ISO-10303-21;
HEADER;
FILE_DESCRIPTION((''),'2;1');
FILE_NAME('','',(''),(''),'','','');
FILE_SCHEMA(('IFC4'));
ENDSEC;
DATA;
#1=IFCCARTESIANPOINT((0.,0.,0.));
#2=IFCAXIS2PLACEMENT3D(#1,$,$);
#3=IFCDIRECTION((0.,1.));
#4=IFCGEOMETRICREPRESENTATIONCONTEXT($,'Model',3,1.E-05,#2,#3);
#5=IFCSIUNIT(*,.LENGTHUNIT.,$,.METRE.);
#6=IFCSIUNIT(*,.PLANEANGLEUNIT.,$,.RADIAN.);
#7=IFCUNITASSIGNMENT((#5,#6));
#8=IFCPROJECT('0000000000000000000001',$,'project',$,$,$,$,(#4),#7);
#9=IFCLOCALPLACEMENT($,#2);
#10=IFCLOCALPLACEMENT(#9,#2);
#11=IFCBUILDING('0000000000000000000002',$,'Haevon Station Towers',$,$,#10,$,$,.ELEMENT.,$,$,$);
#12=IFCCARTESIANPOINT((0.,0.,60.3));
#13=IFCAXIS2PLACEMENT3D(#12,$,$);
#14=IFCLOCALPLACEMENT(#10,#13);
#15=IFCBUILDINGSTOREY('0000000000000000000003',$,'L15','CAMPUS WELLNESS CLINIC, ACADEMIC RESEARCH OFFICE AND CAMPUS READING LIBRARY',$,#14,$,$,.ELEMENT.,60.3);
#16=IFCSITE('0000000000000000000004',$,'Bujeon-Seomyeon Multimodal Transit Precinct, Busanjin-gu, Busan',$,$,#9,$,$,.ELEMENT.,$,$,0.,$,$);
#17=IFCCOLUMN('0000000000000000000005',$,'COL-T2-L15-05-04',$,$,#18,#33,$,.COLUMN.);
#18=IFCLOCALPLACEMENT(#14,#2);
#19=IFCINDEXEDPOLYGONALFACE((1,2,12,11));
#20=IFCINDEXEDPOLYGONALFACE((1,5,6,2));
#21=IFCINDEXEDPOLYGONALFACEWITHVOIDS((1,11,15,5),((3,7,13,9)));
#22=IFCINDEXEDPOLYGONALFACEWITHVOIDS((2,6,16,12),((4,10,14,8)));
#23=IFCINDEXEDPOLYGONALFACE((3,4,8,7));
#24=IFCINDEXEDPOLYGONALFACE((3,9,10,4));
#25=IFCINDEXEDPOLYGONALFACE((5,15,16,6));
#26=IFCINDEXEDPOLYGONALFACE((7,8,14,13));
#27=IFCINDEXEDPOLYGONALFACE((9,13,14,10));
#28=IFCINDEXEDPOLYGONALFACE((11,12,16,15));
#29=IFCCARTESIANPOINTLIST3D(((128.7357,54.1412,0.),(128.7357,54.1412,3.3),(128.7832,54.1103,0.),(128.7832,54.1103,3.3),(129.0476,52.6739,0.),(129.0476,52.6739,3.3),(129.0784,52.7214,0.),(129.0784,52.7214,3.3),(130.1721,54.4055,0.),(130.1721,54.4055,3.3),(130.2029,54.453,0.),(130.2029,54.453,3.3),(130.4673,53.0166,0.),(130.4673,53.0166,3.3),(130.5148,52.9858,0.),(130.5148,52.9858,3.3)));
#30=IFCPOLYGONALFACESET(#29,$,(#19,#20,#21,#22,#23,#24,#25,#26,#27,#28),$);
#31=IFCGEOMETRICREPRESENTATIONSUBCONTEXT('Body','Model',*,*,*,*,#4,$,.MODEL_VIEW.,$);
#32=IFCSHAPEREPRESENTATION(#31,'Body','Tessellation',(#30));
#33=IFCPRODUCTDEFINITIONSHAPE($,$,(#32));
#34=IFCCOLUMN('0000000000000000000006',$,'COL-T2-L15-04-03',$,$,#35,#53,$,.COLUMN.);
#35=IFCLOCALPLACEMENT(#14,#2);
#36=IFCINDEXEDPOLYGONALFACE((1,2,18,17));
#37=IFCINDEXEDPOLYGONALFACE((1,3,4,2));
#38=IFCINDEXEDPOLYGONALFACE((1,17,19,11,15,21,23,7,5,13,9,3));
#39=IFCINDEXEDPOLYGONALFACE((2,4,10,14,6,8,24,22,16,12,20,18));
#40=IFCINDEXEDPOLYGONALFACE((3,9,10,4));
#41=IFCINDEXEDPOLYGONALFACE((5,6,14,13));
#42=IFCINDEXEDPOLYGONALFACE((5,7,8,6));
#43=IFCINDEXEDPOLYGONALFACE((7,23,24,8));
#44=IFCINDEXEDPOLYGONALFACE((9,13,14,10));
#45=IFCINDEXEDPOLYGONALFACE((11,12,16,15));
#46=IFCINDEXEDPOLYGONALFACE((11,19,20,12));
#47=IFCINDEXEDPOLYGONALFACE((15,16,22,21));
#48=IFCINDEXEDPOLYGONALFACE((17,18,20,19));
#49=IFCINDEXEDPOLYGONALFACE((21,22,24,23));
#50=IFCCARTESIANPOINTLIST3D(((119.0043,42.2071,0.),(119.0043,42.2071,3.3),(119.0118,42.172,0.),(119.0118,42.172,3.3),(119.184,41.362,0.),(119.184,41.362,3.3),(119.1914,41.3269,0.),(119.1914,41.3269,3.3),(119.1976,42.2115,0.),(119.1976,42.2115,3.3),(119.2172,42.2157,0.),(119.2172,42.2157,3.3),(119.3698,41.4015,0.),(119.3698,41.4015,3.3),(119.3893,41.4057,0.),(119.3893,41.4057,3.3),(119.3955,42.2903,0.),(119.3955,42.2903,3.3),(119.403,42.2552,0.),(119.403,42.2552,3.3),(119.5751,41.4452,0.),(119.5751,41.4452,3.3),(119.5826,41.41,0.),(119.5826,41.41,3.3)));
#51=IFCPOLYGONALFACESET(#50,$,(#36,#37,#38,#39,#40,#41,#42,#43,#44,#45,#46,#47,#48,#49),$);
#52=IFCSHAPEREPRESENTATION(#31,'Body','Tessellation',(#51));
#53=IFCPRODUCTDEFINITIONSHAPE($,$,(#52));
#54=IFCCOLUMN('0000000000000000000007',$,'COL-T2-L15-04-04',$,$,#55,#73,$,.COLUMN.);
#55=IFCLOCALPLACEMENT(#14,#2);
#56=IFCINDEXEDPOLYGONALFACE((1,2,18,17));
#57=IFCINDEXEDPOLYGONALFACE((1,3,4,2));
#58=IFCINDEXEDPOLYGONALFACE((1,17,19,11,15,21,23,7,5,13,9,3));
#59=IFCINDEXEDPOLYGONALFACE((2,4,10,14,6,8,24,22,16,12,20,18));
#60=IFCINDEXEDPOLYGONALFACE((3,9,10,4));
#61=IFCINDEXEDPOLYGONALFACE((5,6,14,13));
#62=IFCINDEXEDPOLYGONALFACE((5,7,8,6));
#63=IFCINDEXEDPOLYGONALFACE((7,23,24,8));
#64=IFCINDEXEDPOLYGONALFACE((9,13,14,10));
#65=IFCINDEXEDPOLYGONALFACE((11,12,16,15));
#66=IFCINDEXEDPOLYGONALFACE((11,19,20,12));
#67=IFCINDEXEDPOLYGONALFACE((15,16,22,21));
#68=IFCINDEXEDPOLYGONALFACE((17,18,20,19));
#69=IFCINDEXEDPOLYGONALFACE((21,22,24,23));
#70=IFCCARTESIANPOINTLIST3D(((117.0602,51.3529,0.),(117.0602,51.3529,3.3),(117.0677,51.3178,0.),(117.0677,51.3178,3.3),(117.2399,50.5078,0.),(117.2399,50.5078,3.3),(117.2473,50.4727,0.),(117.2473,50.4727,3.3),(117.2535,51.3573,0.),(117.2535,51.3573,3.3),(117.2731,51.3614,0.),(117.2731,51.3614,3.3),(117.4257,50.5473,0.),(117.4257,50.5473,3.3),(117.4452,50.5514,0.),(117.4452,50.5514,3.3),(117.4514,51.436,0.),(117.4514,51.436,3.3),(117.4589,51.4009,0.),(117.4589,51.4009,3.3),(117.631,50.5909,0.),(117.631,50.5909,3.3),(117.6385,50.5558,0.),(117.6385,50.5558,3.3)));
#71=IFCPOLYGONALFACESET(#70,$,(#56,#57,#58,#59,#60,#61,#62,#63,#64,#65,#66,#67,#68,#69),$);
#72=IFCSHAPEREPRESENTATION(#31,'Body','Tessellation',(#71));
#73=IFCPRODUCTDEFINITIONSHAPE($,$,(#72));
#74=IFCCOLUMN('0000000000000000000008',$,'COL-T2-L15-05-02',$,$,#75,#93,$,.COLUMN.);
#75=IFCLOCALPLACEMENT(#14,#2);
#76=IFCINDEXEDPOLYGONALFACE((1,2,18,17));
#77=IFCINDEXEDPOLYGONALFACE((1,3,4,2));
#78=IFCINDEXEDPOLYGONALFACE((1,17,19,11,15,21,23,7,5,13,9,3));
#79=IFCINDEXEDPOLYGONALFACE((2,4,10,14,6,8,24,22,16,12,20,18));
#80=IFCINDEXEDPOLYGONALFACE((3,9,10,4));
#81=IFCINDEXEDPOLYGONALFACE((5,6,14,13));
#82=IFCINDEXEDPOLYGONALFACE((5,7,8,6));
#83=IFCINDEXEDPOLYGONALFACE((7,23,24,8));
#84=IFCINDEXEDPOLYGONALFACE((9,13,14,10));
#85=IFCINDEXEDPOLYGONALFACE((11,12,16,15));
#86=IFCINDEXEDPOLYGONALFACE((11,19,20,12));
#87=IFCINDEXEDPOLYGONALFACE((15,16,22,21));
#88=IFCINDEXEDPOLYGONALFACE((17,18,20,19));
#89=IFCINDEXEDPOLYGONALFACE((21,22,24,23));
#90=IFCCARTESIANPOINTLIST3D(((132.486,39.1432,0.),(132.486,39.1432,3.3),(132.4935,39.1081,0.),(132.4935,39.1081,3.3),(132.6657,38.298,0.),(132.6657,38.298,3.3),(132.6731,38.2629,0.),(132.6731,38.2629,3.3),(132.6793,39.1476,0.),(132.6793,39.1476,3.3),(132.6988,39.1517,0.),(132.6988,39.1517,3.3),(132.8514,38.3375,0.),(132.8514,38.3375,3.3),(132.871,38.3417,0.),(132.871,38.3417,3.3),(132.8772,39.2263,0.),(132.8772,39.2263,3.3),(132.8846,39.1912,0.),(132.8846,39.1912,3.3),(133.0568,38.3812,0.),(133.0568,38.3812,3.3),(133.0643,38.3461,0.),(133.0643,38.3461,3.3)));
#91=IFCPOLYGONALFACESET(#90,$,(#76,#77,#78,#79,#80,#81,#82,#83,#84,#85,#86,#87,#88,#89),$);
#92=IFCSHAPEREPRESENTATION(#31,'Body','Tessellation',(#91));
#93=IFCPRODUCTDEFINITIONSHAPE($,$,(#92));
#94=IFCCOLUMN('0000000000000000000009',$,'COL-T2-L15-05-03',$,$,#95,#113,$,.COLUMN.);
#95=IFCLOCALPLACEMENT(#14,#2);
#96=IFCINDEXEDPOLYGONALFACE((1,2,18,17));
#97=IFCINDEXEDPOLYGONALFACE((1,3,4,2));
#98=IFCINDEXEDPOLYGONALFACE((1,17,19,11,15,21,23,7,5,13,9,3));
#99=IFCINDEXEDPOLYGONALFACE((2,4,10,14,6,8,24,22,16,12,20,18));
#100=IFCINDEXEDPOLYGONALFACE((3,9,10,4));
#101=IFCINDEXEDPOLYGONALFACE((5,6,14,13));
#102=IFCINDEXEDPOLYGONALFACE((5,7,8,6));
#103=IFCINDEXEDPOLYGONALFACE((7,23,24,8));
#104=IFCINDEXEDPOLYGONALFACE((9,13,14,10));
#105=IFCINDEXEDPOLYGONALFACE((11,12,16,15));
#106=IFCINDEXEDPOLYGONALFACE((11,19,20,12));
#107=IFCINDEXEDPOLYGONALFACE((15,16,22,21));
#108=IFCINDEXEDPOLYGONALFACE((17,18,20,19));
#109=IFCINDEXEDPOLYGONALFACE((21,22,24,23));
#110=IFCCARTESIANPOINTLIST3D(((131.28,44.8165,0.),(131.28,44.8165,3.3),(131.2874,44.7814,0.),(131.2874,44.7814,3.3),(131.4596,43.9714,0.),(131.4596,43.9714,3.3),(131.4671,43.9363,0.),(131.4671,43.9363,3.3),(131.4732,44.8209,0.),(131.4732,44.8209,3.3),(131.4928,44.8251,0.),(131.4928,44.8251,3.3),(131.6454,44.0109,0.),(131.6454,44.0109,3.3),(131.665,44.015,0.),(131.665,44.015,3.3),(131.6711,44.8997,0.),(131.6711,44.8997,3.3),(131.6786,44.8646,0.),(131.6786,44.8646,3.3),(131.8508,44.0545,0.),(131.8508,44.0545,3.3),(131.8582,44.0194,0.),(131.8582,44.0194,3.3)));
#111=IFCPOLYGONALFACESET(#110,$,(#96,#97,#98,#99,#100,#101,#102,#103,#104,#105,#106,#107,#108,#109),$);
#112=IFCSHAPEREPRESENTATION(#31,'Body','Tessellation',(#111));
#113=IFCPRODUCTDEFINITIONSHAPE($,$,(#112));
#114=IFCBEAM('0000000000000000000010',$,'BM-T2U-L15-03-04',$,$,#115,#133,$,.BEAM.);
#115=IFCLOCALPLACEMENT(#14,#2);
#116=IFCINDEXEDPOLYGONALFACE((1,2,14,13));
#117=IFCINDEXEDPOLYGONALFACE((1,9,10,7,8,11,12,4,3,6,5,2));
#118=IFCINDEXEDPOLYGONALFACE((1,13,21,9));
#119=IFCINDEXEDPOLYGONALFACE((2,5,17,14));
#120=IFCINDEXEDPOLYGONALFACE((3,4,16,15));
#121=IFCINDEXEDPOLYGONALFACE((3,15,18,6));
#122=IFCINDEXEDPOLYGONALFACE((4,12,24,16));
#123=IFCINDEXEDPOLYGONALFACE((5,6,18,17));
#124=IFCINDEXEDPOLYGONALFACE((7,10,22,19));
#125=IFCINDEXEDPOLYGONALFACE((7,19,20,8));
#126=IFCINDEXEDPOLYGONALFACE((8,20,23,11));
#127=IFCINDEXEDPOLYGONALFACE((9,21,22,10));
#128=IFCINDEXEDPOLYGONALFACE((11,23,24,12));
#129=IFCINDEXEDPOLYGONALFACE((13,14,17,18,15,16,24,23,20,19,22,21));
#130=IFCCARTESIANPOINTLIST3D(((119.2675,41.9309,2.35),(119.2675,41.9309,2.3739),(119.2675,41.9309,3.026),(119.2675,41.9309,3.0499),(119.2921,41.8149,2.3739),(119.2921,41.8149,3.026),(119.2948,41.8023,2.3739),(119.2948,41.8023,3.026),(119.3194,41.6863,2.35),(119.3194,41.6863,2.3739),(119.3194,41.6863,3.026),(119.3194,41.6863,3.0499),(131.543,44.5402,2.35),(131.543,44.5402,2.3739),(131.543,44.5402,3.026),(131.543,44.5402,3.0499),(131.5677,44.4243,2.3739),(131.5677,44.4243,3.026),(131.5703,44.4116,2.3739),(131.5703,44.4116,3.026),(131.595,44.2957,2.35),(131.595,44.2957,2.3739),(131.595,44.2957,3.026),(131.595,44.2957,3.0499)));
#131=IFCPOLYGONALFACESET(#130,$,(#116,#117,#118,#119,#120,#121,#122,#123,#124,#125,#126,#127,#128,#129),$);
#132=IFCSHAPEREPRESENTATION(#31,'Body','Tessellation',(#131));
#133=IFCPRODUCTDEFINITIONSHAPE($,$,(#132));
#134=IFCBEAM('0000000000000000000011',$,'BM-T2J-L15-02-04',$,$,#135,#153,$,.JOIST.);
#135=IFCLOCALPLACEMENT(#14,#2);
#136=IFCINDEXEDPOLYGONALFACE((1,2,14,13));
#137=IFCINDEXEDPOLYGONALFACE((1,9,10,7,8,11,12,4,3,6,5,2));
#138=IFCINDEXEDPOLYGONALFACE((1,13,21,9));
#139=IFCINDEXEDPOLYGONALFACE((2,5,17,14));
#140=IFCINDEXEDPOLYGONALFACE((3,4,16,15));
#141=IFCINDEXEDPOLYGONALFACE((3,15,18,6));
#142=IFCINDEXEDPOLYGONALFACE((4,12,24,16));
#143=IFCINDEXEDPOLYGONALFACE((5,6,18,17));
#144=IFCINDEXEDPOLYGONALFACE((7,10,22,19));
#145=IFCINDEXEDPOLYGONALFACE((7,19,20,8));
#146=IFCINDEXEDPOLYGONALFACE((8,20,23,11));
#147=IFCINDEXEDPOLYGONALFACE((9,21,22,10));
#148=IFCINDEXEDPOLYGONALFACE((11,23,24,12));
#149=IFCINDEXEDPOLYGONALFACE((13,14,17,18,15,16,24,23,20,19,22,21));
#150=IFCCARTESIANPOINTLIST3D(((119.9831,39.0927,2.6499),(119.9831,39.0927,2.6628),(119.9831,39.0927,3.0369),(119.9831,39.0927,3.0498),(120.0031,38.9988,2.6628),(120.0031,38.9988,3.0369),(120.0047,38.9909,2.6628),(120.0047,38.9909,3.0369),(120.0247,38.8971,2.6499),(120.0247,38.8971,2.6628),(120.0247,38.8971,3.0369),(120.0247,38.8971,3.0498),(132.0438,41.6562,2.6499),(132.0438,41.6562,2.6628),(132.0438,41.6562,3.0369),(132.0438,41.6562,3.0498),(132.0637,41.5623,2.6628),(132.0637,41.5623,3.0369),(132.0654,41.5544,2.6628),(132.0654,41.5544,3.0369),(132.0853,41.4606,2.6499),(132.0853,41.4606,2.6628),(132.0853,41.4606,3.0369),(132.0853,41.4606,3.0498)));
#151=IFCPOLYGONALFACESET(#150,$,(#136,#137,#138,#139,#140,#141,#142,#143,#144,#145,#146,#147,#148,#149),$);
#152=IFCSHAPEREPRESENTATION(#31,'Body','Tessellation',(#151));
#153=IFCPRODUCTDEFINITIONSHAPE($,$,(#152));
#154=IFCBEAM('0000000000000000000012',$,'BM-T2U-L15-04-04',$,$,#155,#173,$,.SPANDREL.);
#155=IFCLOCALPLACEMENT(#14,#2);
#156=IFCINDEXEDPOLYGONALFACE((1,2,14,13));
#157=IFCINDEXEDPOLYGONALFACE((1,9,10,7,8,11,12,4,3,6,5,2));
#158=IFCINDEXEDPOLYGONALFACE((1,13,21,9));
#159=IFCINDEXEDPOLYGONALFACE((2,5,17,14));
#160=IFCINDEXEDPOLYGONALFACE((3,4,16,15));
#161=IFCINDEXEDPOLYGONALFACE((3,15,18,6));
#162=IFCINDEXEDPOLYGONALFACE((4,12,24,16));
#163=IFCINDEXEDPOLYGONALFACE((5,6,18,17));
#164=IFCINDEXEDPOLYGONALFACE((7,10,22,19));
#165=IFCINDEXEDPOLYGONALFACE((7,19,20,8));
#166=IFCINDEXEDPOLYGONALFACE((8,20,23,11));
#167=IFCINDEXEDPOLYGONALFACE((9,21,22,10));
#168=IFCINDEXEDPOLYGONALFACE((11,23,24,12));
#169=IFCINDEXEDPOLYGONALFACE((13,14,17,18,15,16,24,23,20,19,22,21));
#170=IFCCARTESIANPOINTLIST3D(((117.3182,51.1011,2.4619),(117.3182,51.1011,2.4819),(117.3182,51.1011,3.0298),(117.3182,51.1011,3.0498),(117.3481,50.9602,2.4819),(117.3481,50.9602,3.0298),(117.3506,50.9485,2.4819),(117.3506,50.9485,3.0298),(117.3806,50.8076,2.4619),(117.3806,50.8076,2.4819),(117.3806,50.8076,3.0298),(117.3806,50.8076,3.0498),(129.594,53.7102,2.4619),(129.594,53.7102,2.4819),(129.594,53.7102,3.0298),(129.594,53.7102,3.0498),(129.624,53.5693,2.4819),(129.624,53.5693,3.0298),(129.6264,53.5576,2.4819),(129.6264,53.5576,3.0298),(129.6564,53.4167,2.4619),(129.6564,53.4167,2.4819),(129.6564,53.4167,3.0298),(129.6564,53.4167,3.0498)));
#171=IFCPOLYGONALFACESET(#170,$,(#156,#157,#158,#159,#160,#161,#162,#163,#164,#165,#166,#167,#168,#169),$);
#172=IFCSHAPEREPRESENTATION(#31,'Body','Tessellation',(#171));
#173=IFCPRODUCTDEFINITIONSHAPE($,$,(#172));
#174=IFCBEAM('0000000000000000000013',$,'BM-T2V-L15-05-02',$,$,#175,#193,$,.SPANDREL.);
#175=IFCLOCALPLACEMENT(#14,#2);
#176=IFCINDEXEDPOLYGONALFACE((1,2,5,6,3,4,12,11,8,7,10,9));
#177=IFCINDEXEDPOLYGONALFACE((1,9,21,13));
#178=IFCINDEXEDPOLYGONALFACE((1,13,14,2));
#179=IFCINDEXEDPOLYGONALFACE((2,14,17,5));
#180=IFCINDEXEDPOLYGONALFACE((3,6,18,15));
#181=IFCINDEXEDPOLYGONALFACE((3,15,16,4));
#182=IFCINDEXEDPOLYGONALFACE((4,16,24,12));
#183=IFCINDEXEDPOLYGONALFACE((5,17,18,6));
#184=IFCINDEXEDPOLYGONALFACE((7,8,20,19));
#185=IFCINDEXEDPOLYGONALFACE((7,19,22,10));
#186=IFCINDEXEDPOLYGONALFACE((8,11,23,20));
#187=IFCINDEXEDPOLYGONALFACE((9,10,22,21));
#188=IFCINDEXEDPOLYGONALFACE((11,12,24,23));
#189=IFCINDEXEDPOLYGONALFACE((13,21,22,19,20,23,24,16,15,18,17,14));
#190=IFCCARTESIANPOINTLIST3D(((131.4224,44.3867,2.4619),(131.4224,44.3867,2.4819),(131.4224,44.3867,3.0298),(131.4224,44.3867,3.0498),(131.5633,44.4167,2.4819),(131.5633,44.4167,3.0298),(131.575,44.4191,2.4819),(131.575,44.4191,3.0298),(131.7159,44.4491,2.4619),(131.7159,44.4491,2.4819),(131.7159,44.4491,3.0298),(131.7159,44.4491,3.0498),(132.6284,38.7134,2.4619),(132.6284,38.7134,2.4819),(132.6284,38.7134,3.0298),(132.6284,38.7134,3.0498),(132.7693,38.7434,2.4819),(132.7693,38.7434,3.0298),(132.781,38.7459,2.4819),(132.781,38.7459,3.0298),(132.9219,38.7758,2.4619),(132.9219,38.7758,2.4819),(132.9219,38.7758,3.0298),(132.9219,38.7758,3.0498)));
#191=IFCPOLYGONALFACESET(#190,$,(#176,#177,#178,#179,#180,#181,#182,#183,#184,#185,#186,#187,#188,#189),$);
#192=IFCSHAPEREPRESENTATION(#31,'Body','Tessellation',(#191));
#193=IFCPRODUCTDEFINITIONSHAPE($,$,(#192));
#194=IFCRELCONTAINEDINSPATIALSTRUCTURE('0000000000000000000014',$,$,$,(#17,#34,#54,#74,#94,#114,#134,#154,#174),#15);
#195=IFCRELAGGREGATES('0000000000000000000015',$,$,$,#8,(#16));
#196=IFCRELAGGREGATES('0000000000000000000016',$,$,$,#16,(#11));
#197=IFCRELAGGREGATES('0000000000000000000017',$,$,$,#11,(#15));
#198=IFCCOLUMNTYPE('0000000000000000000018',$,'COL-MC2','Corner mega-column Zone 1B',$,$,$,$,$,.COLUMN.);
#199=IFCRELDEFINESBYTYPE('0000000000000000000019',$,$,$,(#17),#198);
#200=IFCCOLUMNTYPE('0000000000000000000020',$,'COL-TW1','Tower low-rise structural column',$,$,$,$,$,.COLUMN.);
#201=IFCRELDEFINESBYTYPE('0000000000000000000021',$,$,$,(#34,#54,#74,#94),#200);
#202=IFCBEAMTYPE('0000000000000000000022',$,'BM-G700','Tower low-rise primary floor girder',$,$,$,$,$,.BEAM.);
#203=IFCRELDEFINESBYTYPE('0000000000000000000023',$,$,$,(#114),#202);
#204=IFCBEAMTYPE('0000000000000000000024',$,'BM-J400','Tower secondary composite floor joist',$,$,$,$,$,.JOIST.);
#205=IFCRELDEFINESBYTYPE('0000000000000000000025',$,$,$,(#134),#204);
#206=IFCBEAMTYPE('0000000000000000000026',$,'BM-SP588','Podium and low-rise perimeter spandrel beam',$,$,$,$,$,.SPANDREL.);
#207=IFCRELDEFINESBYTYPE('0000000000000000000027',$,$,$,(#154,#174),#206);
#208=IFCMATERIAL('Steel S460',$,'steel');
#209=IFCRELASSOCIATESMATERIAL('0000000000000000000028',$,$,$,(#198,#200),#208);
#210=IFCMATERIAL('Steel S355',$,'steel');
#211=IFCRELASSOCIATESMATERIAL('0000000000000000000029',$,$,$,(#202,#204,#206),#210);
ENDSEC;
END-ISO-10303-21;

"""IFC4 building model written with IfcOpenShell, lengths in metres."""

from ifc_helpers import new_model, si_unit, direction, frame, origin, origin_2d, place, context, subcontext, project, spatial, hollow_rectangle, i_section, extrude, material, material_profile, profile_set, type_object, element, save


model = new_model("IFC4")

# Units and contexts
model_context = context("Model", 3, precision=1e-05, world=origin(), true_north=direction((0.0, 1.0)))
body_context = subcontext(model_context, "Body", "Model", "MODEL_VIEW")
ifc_project = project(units=[si_unit("LENGTHUNIT", "METRE"), si_unit("PLANEANGLEUNIT", "RADIAN")], contexts=[model_context])

# Site, building, storey
site_placement = place(None, origin())
site = spatial("IfcSite", under=ifc_project, at=site_placement, Name="Bujeon-Seomyeon Multimodal Transit Precinct, Busanjin-gu, Busan", CompositionType="ELEMENT", RefElevation=0.0)
building_placement = place(site_placement, origin())
building = spatial("IfcBuilding", under=site, at=building_placement, Name="Haevon Station Towers", CompositionType="ELEMENT")
storey_placement = place(building_placement, frame((0.0, 0.0, 60.3)))
storey = spatial("IfcBuildingStorey", under=building, at=storey_placement, Name="L15", Description="CAMPUS WELLNESS CLINIC, ACADEMIC RESEARCH OFFICE AND CAMPUS READING LIBRARY", CompositionType="ELEMENT", Elevation=60.3)

# Columns
ifc_material_1 = material(Name="Steel S460", Category="steel")
ifc_material_profile_1 = material_profile(ifc_material_1, hollow_rectangle(XDim=1.5, YDim=1.5, WallThickness=0.04, at=origin_2d()), Name="BOX-1500x1500x40")
ifc_profile_set_1 = profile_set([ifc_material_profile_1], Name="Steel S460")
column_type_1 = type_object("IfcColumnType", Name="COL-MC2", Description="Corner mega-column Zone 1B", PredefinedType="COLUMN", material=ifc_profile_set_1)
column_placement = place(storey_placement, frame((129.6252, 53.5635, 0.0), z_axis=(0.0, 0.0, 1.0), x_axis=(0.978148, 0.207912, 0.0)))
element("IfcColumn", 1, at=column_placement, inside=storey, type_object=column_type_1, Name="COL-T2-L15-05-04", PredefinedType="COLUMN", context=body_context, shape_type="SweptSolid", body=[
    extrude(hollow_rectangle(XDim=1.5, YDim=1.5, WallThickness=0.04, at=origin_2d()), origin(), (0.0, 0.0, 1.0), 3.3),
])
ifc_material_profile_2 = material_profile(ifc_material_1, i_section(OverallWidth=0.3999, OverallDepth=0.8999, WebThickness=0.02, FlangeThickness=0.0359, at=origin_2d()), Name="H-900x400x20x36")
ifc_profile_set_2 = profile_set([ifc_material_profile_2], Name="Steel S460")
column_type_2 = type_object("IfcColumnType", Name="COL-TW1", Description="Tower low-rise structural column", PredefinedType="COLUMN", material=ifc_profile_set_2)
for number, where, z_axis, x_axis, name in (
    (2, (119.2935, 41.8086, 0.0), (0.0, 0.0, 1.0), (0.978148, 0.207912, 0.0), "COL-T2-L15-04-03"),
    (3, (117.3494, 50.9543, 0.0), (0.0, 0.0, 1.0), (0.978148, 0.207912, 0.0), "COL-T2-L15-04-04"),
    (4, (132.7751, 38.7446, 0.0), (0.0, 0.0, 1.0), (0.978148, 0.207912, 0.0), "COL-T2-L15-05-02"),
    (5, (131.5691, 44.418, 0.0), (0.0, 0.0, 1.0), (0.978148, 0.207912, 0.0), "COL-T2-L15-05-03"),
):
    element("IfcColumn", number, at=place(storey_placement, frame(where, z_axis=z_axis, x_axis=x_axis)), inside=storey, type_object=column_type_2, Name=name, PredefinedType="COLUMN", context=body_context, shape_type="SweptSolid", body=[
        extrude(i_section(OverallWidth=0.3999, OverallDepth=0.8999, WebThickness=0.02, FlangeThickness=0.0359, at=origin_2d()), origin(), (0.0, 0.0, 1.0), 3.3),
    ])

# Beams
ifc_material_2 = material(Name="Steel S355", Category="steel")
ifc_material_profile_3 = material_profile(ifc_material_2, i_section(OverallWidth=0.25, OverallDepth=0.7, WebThickness=0.0129, FlangeThickness=0.0239, at=origin_2d()), Name="H-700x250x13x24")
ifc_profile_set_3 = profile_set([ifc_material_profile_3], Name="Steel S355")
beam_type_1 = type_object("IfcBeamType", Name="BM-G700", Description="Tower low-rise primary floor girder", PredefinedType="BEAM", material=ifc_profile_set_3)
beam_1_placement = place(storey_placement, frame((119.2935, 41.8086, 2.7), z_axis=(0.978146, 0.20792, 0.0), x_axis=(-0.20792, 0.978146, 0.0)))
element("IfcBeam", 6, at=beam_1_placement, inside=storey, type_object=beam_type_1, Name="BM-T2U-L15-03-04", PredefinedType="BEAM", context=body_context, shape_type="SweptSolid", body=[
    extrude(i_section(OverallWidth=0.25, OverallDepth=0.7, WebThickness=0.0129, FlangeThickness=0.0239, at=origin_2d()), origin(), (0.0, 0.0, 1.0), 12.5498),
])
ifc_material_profile_4 = material_profile(ifc_material_2, i_section(OverallWidth=0.2, OverallDepth=0.3999, WebThickness=0.0081, FlangeThickness=0.0129, at=origin_2d()), Name="H-400x200x8x13")
ifc_profile_set_4 = profile_set([ifc_material_profile_4], Name="Steel S355")
beam_type_2 = type_object("IfcBeamType", Name="BM-J400", Description="Tower secondary composite floor joist", PredefinedType="JOIST", material=ifc_profile_set_4)
beam_2_placement = place(storey_placement, frame((120.0039, 38.9949, 2.8499), z_axis=(0.978149, 0.207906, 0.0), x_axis=(-0.207906, 0.978149, 0.0)))
element("IfcBeam", 7, at=beam_2_placement, inside=storey, type_object=beam_type_2, Name="BM-T2J-L15-02-04", PredefinedType="JOIST", context=body_context, shape_type="SweptSolid", body=[
    extrude(i_section(OverallWidth=0.2, OverallDepth=0.3999, WebThickness=0.0081, FlangeThickness=0.0129, at=origin_2d()), origin(), (0.0, 0.0, 1.0), 12.3301),
])
ifc_material_profile_5 = material_profile(ifc_material_2, i_section(OverallWidth=0.3, OverallDepth=0.5879, WebThickness=0.012, FlangeThickness=0.02, at=origin_2d()), Name="H-588x300x12x20")
ifc_profile_set_5 = profile_set([ifc_material_profile_5], Name="Steel S355")
beam_type_3 = type_object("IfcBeamType", Name="BM-SP588", Description="Podium and low-rise perimeter spandrel beam", PredefinedType="SPANDREL", material=ifc_profile_set_5)
beam_3_placement = place(storey_placement, frame((117.3494, 50.9543, 2.7559), z_axis=(0.978151, 0.207897, 0.0), x_axis=(-0.207897, 0.978151, 0.0)))
element("IfcBeam", 8, at=beam_3_placement, inside=storey, type_object=beam_type_3, Name="BM-T2U-L15-04-04", PredefinedType="SPANDREL", context=body_context, shape_type="SweptSolid", body=[
    extrude(i_section(OverallWidth=0.3, OverallDepth=0.5879, WebThickness=0.012, FlangeThickness=0.02, at=origin_2d()), origin(), (0.0, 0.0, 1.0), 12.55),
])
beam_4_placement = place(storey_placement, frame((132.7751, 38.7446, 2.7559), z_axis=(-0.207936, 0.978142, 0.0), x_axis=(-0.978142, -0.207936, 0.0)))
element("IfcBeam", 9, at=beam_4_placement, inside=storey, type_object=beam_type_3, Name="BM-T2V-L15-05-02", PredefinedType="SPANDREL", context=body_context, shape_type="SweptSolid", body=[
    extrude(i_section(OverallWidth=0.3, OverallDepth=0.5879, WebThickness=0.012, FlangeThickness=0.02, at=origin_2d()), origin(), (0.0, 0.0, 1.0), 5.8),
])

save(model, "model.ifc")
